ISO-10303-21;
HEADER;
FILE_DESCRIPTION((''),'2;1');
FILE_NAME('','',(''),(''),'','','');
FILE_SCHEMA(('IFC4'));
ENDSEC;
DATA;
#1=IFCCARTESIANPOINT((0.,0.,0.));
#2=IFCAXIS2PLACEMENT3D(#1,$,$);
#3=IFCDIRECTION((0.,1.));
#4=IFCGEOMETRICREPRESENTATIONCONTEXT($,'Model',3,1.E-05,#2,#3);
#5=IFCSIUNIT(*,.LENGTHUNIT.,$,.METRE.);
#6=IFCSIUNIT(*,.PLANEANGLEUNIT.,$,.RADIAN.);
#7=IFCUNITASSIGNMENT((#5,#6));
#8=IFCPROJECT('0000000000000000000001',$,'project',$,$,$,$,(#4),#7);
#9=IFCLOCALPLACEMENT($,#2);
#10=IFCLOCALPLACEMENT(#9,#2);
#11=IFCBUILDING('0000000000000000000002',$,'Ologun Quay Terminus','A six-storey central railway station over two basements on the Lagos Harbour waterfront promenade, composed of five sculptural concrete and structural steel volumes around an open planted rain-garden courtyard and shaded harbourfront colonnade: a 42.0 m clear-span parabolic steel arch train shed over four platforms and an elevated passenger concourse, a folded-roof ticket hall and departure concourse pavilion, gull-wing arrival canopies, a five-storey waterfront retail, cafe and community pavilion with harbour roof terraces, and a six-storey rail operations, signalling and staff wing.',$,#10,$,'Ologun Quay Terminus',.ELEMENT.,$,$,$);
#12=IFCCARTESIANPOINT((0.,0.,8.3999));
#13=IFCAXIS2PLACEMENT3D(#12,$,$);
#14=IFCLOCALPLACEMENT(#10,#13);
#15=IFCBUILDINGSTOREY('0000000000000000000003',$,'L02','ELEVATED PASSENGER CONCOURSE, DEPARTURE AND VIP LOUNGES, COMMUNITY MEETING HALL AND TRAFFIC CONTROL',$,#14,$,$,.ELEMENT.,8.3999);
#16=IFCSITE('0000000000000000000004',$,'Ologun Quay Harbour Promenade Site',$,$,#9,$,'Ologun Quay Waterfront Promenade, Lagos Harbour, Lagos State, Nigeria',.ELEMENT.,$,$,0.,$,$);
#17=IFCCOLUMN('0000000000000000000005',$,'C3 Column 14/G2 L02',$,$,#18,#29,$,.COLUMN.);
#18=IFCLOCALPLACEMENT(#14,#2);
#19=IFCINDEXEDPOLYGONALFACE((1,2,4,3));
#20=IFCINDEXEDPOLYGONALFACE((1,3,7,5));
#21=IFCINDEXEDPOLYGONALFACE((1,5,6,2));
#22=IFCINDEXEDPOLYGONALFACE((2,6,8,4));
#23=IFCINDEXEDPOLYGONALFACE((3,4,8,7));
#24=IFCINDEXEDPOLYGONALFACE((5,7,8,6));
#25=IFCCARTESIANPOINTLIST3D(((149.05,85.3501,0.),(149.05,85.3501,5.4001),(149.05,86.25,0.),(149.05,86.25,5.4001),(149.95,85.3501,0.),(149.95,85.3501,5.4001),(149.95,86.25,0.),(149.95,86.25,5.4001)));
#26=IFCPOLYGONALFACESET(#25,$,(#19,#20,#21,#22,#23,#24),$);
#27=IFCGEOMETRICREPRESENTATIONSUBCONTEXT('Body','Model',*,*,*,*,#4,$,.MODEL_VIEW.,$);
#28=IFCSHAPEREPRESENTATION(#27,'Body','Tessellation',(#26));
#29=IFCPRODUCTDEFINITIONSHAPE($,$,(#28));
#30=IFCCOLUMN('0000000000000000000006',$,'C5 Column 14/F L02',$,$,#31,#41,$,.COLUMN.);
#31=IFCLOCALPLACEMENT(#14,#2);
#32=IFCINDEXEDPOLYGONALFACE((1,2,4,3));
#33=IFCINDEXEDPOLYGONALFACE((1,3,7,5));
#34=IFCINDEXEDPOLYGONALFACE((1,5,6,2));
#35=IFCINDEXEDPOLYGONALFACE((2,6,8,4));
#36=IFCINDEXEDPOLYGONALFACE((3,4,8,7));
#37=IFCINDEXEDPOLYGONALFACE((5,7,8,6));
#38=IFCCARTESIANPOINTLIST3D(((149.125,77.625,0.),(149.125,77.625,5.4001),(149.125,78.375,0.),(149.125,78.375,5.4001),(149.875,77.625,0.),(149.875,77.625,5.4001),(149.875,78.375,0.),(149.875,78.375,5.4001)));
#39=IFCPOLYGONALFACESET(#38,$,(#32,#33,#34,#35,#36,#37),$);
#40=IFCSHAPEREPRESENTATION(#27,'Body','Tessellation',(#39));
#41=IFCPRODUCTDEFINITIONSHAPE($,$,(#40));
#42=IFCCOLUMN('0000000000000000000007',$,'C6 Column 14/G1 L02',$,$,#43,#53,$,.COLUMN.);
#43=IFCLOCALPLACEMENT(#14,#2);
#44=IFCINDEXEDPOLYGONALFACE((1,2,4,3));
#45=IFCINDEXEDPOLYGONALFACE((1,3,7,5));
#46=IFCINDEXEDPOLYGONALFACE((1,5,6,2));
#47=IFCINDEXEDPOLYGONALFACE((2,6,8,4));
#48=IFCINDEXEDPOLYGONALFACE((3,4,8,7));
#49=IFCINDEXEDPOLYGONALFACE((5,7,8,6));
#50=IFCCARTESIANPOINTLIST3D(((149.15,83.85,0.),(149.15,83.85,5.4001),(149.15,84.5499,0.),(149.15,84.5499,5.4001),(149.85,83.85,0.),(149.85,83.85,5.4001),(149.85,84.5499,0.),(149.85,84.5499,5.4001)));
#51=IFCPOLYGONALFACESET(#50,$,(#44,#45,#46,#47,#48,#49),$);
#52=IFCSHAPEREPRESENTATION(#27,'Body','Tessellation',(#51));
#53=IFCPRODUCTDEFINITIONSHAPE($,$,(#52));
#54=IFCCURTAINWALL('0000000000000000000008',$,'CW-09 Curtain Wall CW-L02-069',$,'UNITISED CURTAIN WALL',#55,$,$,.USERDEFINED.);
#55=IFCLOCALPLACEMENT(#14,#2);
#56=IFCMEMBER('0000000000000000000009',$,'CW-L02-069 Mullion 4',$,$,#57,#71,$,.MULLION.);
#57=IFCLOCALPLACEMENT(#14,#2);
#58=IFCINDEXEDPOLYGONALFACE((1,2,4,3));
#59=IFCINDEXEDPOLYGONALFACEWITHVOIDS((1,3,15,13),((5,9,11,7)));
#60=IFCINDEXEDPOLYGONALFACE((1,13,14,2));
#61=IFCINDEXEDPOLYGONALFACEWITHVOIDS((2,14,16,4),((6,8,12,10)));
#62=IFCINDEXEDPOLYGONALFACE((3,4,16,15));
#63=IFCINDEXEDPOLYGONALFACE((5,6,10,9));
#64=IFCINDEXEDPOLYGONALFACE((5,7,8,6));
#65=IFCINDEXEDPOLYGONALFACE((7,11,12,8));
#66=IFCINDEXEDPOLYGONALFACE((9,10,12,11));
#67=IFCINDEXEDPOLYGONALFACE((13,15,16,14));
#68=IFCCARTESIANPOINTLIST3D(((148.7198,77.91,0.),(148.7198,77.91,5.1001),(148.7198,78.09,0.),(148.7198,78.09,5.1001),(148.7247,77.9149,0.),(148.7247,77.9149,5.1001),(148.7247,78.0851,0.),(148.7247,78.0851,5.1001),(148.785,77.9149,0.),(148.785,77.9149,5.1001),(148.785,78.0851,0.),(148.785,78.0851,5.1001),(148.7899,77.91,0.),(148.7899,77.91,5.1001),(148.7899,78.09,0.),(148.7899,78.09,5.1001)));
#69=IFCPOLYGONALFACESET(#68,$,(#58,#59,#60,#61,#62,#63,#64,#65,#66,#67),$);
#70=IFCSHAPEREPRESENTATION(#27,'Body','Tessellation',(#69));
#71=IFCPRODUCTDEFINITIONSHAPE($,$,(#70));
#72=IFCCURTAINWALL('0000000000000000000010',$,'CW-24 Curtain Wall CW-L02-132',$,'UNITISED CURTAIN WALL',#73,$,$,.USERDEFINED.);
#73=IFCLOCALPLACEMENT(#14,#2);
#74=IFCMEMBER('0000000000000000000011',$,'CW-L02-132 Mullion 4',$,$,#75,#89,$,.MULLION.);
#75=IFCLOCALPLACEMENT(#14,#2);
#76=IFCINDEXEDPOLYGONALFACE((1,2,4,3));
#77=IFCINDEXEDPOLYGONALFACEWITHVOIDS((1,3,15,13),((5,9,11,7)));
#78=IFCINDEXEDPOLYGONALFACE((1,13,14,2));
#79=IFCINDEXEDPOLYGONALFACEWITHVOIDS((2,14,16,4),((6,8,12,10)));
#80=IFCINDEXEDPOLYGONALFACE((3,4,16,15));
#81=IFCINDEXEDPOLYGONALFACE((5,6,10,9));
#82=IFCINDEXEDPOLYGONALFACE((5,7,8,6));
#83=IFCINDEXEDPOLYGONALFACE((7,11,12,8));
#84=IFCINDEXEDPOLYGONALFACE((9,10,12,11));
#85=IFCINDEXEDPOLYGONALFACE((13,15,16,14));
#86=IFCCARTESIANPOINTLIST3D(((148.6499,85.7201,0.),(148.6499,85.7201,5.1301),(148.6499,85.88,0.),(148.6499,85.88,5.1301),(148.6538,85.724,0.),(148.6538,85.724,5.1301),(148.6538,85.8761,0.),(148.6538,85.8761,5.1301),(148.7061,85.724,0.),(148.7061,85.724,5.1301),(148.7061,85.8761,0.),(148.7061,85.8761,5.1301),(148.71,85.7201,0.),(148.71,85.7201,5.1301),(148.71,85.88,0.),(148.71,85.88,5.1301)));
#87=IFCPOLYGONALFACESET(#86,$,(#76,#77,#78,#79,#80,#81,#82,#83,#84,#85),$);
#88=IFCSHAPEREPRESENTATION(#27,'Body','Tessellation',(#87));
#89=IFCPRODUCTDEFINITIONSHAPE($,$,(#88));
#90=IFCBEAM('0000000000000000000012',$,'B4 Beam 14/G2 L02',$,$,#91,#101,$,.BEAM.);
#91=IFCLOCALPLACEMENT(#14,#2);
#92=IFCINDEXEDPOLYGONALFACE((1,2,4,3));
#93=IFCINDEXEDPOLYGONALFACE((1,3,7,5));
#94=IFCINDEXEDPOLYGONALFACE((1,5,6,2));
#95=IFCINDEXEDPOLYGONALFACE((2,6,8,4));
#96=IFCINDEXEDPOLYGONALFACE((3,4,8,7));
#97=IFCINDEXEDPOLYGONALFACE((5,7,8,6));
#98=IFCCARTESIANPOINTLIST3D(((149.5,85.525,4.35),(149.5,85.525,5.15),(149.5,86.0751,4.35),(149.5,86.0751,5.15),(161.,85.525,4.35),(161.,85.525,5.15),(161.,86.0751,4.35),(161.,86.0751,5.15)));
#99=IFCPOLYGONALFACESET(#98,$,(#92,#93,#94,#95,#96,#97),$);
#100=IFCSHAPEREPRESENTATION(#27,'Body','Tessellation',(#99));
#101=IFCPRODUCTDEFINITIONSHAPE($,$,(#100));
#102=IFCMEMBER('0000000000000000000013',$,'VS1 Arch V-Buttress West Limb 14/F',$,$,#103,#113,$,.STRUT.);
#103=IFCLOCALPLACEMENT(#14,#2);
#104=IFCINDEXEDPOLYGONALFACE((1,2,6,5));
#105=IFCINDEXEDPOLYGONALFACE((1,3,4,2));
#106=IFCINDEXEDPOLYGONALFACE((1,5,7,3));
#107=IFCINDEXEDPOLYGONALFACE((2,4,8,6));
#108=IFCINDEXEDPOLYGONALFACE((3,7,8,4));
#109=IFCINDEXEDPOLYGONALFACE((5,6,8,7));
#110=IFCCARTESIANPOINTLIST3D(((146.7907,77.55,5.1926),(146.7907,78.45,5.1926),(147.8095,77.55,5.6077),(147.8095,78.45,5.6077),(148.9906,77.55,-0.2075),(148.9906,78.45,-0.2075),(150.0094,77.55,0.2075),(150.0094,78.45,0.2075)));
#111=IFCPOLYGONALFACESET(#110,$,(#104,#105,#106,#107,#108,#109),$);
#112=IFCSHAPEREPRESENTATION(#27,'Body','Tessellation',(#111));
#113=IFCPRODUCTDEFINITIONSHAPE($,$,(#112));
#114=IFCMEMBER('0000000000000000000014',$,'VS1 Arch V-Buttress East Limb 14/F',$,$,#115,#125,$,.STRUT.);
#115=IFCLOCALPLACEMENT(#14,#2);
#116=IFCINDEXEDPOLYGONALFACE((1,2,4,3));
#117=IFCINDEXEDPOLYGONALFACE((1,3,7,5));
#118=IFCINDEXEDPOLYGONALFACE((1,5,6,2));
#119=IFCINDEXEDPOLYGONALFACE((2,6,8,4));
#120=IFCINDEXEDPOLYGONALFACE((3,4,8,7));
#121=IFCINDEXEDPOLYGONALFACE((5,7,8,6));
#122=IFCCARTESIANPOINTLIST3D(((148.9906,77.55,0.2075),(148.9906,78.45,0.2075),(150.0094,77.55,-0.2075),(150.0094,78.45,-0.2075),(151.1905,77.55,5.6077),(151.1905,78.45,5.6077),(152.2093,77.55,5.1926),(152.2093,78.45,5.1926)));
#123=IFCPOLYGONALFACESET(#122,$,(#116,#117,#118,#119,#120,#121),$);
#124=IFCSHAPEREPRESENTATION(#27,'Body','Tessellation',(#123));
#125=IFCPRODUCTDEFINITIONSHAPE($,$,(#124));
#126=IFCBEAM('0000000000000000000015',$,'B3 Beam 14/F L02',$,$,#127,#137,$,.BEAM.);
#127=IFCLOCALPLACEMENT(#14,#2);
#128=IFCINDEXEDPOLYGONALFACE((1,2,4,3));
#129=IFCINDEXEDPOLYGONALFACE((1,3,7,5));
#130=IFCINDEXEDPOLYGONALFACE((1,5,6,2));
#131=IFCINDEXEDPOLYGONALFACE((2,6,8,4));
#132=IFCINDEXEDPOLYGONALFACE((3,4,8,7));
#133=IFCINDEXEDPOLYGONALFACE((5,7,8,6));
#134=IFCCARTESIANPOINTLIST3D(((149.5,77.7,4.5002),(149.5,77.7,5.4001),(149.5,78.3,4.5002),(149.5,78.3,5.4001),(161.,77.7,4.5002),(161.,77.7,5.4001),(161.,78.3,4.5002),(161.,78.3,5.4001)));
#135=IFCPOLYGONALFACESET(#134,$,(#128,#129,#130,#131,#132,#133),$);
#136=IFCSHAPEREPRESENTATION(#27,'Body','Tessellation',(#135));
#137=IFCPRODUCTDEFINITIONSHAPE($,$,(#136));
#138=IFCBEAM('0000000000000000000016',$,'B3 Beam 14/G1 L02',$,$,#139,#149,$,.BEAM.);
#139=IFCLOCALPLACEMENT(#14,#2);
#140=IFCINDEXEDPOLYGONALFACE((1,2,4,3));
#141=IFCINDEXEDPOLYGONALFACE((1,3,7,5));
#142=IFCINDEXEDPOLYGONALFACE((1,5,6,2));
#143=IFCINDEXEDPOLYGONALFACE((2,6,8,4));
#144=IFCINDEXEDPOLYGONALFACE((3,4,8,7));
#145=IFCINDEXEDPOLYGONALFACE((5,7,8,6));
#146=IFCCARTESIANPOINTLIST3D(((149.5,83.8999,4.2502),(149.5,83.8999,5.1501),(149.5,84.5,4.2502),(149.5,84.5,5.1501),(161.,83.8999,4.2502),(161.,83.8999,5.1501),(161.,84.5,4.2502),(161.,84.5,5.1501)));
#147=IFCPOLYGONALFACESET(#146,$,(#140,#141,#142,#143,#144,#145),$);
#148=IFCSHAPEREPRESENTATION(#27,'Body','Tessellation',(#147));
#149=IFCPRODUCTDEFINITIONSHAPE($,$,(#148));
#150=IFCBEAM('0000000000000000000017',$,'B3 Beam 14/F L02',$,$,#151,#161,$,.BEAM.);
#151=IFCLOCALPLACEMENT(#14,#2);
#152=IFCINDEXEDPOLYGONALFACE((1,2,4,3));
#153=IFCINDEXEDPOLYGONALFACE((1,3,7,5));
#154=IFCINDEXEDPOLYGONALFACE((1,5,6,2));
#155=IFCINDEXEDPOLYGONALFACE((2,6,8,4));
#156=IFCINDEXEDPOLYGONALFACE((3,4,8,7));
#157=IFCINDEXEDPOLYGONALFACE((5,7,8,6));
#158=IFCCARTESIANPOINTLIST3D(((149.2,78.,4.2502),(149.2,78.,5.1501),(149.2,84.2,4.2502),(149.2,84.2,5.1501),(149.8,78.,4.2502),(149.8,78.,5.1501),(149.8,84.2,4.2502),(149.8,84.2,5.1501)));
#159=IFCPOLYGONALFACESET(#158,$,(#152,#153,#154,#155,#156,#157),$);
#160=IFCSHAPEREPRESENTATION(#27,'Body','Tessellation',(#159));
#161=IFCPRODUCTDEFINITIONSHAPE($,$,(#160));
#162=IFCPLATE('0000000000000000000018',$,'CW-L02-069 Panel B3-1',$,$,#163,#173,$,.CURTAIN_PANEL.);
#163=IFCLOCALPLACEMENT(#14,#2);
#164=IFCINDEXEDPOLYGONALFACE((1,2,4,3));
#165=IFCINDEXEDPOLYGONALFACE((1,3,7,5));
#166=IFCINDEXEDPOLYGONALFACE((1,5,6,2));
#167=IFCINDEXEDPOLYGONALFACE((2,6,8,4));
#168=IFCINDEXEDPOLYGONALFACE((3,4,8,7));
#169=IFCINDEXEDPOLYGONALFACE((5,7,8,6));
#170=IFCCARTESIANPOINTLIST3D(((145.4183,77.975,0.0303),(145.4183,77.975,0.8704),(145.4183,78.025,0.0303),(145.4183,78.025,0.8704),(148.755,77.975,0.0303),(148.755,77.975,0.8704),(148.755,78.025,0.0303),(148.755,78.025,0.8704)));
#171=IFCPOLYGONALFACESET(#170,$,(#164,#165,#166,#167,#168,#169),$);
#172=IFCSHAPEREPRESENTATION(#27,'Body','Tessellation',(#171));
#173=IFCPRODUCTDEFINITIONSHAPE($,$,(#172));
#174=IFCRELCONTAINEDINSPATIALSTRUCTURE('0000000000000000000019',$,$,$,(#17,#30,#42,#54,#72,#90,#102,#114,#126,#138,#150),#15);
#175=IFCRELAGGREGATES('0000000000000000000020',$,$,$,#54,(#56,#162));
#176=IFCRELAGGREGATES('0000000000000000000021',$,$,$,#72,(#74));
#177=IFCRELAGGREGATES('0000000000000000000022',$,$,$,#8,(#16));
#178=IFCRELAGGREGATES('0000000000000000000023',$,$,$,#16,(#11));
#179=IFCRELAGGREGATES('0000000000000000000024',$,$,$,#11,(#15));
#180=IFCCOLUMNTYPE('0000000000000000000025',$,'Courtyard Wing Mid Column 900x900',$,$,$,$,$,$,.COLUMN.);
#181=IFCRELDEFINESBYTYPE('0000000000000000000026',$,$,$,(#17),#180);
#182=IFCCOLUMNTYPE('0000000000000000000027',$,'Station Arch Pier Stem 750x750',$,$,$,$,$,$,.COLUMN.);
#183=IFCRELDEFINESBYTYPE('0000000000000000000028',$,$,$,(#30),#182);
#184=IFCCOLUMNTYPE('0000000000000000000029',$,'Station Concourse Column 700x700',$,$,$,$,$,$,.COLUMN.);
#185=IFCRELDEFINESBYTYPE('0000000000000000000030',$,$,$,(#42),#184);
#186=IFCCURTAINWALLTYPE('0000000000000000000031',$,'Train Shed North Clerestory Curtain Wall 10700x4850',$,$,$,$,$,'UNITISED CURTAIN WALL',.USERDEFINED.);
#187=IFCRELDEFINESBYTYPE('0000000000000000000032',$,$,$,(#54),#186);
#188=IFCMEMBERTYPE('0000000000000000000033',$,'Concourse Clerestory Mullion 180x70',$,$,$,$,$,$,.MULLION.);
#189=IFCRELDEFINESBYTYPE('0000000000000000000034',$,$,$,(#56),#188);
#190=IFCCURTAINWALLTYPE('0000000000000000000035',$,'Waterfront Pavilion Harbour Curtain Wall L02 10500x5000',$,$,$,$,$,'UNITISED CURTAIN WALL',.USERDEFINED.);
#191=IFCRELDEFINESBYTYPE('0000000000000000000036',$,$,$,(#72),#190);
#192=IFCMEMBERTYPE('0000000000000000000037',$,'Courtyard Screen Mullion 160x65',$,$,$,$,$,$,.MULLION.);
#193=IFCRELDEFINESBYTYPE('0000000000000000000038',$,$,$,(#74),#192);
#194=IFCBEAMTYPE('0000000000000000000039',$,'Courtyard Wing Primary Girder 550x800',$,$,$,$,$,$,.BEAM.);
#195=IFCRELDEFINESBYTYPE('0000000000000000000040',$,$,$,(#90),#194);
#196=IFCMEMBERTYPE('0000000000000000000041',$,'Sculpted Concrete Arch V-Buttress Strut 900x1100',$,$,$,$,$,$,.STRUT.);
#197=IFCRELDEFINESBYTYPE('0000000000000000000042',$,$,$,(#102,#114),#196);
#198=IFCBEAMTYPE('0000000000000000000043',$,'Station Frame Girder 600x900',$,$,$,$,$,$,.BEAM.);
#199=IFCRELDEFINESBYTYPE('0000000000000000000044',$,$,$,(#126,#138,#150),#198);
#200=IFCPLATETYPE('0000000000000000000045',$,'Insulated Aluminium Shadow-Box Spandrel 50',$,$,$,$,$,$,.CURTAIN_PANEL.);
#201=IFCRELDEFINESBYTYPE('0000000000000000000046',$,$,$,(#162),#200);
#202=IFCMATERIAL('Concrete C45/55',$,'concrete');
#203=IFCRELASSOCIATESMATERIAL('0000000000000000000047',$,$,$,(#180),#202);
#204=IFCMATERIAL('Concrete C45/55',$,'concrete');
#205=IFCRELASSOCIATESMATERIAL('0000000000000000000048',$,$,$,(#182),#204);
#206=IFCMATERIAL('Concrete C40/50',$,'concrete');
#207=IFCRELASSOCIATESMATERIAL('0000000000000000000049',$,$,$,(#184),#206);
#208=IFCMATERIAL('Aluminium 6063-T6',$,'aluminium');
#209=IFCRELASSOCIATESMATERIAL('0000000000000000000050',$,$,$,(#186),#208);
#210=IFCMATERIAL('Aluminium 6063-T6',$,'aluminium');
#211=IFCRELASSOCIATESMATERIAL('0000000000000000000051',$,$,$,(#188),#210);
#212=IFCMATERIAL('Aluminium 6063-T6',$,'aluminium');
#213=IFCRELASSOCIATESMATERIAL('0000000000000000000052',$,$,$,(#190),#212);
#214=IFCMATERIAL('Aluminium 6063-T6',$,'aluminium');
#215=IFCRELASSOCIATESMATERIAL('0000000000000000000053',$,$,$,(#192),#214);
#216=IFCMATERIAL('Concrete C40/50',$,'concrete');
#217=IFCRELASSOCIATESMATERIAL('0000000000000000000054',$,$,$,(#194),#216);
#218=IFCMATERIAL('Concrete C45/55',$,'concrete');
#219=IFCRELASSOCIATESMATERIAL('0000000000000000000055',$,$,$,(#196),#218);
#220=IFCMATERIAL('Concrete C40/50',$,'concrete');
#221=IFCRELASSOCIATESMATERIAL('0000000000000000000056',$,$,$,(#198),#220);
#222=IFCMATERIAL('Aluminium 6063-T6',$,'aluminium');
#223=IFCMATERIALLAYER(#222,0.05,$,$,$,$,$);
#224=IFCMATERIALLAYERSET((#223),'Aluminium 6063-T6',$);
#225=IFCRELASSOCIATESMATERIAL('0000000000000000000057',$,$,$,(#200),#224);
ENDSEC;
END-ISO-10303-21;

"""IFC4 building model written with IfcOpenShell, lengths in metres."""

from ifc_helpers import new_model, si_unit, direction, frame, origin, origin_2d, place, context, subcontext, project, spatial, rectangle, hollow_rectangle, extrude, material, layer, layer_set, material_profile, profile_set, type_object, element, aggregate, save


model = new_model("IFC4")

# Units and contexts
model_context = context("Model", 3, precision=1e-05, world=origin(), true_north=direction((0.0, 1.0)))
body_context = subcontext(model_context, "Body", "Model", "MODEL_VIEW")
ifc_project = project(units=[si_unit("LENGTHUNIT", "METRE"), si_unit("PLANEANGLEUNIT", "RADIAN")], contexts=[model_context])

# Site, building, storey
site_placement = place(None, origin())
site = spatial("IfcSite", under=ifc_project, at=site_placement, Name="Ologun Quay Harbour Promenade Site", LongName="Ologun Quay Waterfront Promenade, Lagos Harbour, Lagos State, Nigeria", CompositionType="ELEMENT", RefElevation=0.0)
building_placement = place(site_placement, origin())
building = spatial("IfcBuilding", under=site, at=building_placement, Name="Ologun Quay Terminus", Description="A six-storey central railway station over two basements on the Lagos Harbour waterfront promenade, composed of five sculptural concrete and structural steel volumes around an open planted rain-garden courtyard and shaded harbourfront colonnade: a 42.0 m clear-span parabolic steel arch train shed over four platforms and an elevated passenger concourse, a folded-roof ticket hall and departure concourse pavilion, gull-wing arrival canopies, a five-storey waterfront retail, cafe and community pavilion with harbour roof terraces, and a six-storey rail operations, signalling and staff wing.", LongName="Ologun Quay Terminus", CompositionType="ELEMENT")
storey_placement = place(building_placement, frame((0.0, 0.0, 8.3999)))
storey = spatial("IfcBuildingStorey", under=building, at=storey_placement, Name="L02", Description="ELEVATED PASSENGER CONCOURSE, DEPARTURE AND VIP LOUNGES, COMMUNITY MEETING HALL AND TRAFFIC CONTROL", CompositionType="ELEMENT", Elevation=8.3999)

# Columns
ifc_material_1 = material(Name="Concrete C45/55", Category="concrete")
ifc_material_profile_1 = material_profile(ifc_material_1, rectangle(XDim=0.8999, YDim=0.8999, at=origin_2d()), Name="RC 900x900")
ifc_profile_set_1 = profile_set([ifc_material_profile_1], Name="Concrete C45/55")
column_type_1 = type_object("IfcColumnType", Name="Courtyard Wing Mid Column 900x900", PredefinedType="COLUMN", material=ifc_profile_set_1)
column_1_placement = place(storey_placement, frame((149.5, 85.8, 0.0), z_axis=(0.0, 0.0, 1.0), x_axis=(1.0, 0.0, 0.0)))
element("IfcColumn", 1, at=column_1_placement, inside=storey, type_object=column_type_1, Name="C3 Column 14/G2 L02", PredefinedType="COLUMN", context=body_context, shape_type="SweptSolid", body=[
    extrude(rectangle(XDim=0.8999, YDim=0.8999, at=origin_2d()), origin(), (0.0, 0.0, 1.0), 5.4001),
])
ifc_material_2 = material(Name="Concrete C45/55", Category="concrete")
ifc_material_profile_2 = material_profile(ifc_material_2, rectangle(XDim=0.75, YDim=0.75, at=origin_2d()), Name="RC 750x750")
ifc_profile_set_2 = profile_set([ifc_material_profile_2], Name="Concrete C45/55")
column_type_2 = type_object("IfcColumnType", Name="Station Arch Pier Stem 750x750", PredefinedType="COLUMN", material=ifc_profile_set_2)
column_2_placement = place(storey_placement, frame((149.5, 78.0, 0.0), z_axis=(0.0, 0.0, 1.0), x_axis=(1.0, 0.0, 0.0)))
element("IfcColumn", 2, at=column_2_placement, inside=storey, type_object=column_type_2, Name="C5 Column 14/F L02", PredefinedType="COLUMN", context=body_context, shape_type="SweptSolid", body=[
    extrude(rectangle(XDim=0.75, YDim=0.75, at=origin_2d()), origin(), (0.0, 0.0, 1.0), 5.4001),
])
ifc_material_3 = material(Name="Concrete C40/50", Category="concrete")
ifc_material_profile_3 = material_profile(ifc_material_3, rectangle(XDim=0.7, YDim=0.7, at=origin_2d()), Name="RC 700x700")
ifc_profile_set_3 = profile_set([ifc_material_profile_3], Name="Concrete C40/50")
column_type_3 = type_object("IfcColumnType", Name="Station Concourse Column 700x700", PredefinedType="COLUMN", material=ifc_profile_set_3)
column_3_placement = place(storey_placement, frame((149.5, 84.2, 0.0), z_axis=(0.0, 0.0, 1.0), x_axis=(1.0, 0.0, 0.0)))
element("IfcColumn", 3, at=column_3_placement, inside=storey, type_object=column_type_3, Name="C6 Column 14/G1 L02", PredefinedType="COLUMN", context=body_context, shape_type="SweptSolid", body=[
    extrude(rectangle(XDim=0.7, YDim=0.7, at=origin_2d()), origin(), (0.0, 0.0, 1.0), 5.4001),
])

# Curtain walls, members
ifc_material_4 = material(Name="Aluminium 6063-T6", Category="aluminium")
curtain_wall_type_1 = type_object("IfcCurtainWallType", Name="Train Shed North Clerestory Curtain Wall 10700x4850", ElementType="UNITISED CURTAIN WALL", PredefinedType="USERDEFINED", material=ifc_material_4)
curtain_wall_1_placement = place(storey_placement, origin())
curtain_wall_1 = element("IfcCurtainWall", 4, at=curtain_wall_1_placement, inside=storey, type_object=curtain_wall_type_1, Name="CW-09 Curtain Wall CW-L02-069", ObjectType="UNITISED CURTAIN WALL", PredefinedType="USERDEFINED")
ifc_material_5 = material(Name="Aluminium 6063-T6", Category="aluminium")
ifc_material_profile_4 = material_profile(ifc_material_5, hollow_rectangle(XDim=0.0701, YDim=0.1799, WallThickness=0.0049, at=origin_2d()), Name="ALU 180x70x5")
ifc_profile_set_4 = profile_set([ifc_material_profile_4], Name="Aluminium 6063-T6")
member_type_1 = type_object("IfcMemberType", Name="Concourse Clerestory Mullion 180x70", PredefinedType="MULLION", material=ifc_profile_set_4)
member_1_placement = place(storey_placement, frame((148.7549, 78.0, 0.0), z_axis=(0.0, 0.0, 1.0), x_axis=(1.0, 0.0, 0.0)))
member_1 = element("IfcMember", 5, at=member_1_placement, type_object=member_type_1, Name="CW-L02-069 Mullion 4", PredefinedType="MULLION", context=body_context, shape_type="SweptSolid", body=[
    extrude(hollow_rectangle(XDim=0.0701, YDim=0.1799, WallThickness=0.0049, at=origin_2d()), origin(), (0.0, 0.0, 1.0), 5.1001),
])
ifc_material_6 = material(Name="Aluminium 6063-T6", Category="aluminium")
curtain_wall_type_2 = type_object("IfcCurtainWallType", Name="Waterfront Pavilion Harbour Curtain Wall L02 10500x5000", ElementType="UNITISED CURTAIN WALL", PredefinedType="USERDEFINED", material=ifc_material_6)
curtain_wall_2_placement = place(storey_placement, origin())
curtain_wall_2 = element("IfcCurtainWall", 6, at=curtain_wall_2_placement, inside=storey, type_object=curtain_wall_type_2, Name="CW-24 Curtain Wall CW-L02-132", ObjectType="UNITISED CURTAIN WALL", PredefinedType="USERDEFINED")
ifc_material_7 = material(Name="Aluminium 6063-T6", Category="aluminium")
ifc_material_profile_5 = material_profile(ifc_material_7, hollow_rectangle(XDim=0.0601, YDim=0.1599, WallThickness=0.0039, at=origin_2d()), Name="ALU 160x60x4")
ifc_profile_set_5 = profile_set([ifc_material_profile_5], Name="Aluminium 6063-T6")
member_type_2 = type_object("IfcMemberType", Name="Courtyard Screen Mullion 160x65", PredefinedType="MULLION", material=ifc_profile_set_5)
member_2_placement = place(storey_placement, frame((148.6799, 85.8, 0.0), z_axis=(0.0, 0.0, 1.0), x_axis=(1.0, 0.0, 0.0)))
member_2 = element("IfcMember", 7, at=member_2_placement, type_object=member_type_2, Name="CW-L02-132 Mullion 4", PredefinedType="MULLION", context=body_context, shape_type="SweptSolid", body=[
    extrude(hollow_rectangle(XDim=0.0601, YDim=0.1599, WallThickness=0.0039, at=origin_2d()), origin(), (0.0, 0.0, 1.0), 5.1301),
])

# Beam
ifc_material_8 = material(Name="Concrete C40/50", Category="concrete")
ifc_material_profile_6 = material_profile(ifc_material_8, rectangle(XDim=0.55, YDim=0.8, at=origin_2d()), Name="RC 550x800")
ifc_profile_set_6 = profile_set([ifc_material_profile_6], Name="Concrete C40/50")
beam_type_1 = type_object("IfcBeamType", Name="Courtyard Wing Primary Girder 550x800", PredefinedType="BEAM", material=ifc_profile_set_6)
beam_1_placement = place(storey_placement, frame((149.5, 85.8, 4.75), z_axis=(1.0, 0.0, 0.0), x_axis=(0.0, 1.0, 0.0)))
element("IfcBeam", 8, at=beam_1_placement, inside=storey, type_object=beam_type_1, Name="B4 Beam 14/G2 L02", PredefinedType="BEAM", context=body_context, shape_type="SweptSolid", body=[
    extrude(rectangle(XDim=0.55, YDim=0.8, at=origin_2d()), origin(), (0.0, 0.0, 1.0), 11.5),
])

# Members
ifc_material_9 = material(Name="Concrete C45/55", Category="concrete")
ifc_material_profile_7 = material_profile(ifc_material_9, rectangle(XDim=0.8999, YDim=1.1001, at=origin_2d()), Name="RC 900x1100")
ifc_profile_set_7 = profile_set([ifc_material_profile_7], Name="Concrete C45/55")
member_type_3 = type_object("IfcMemberType", Name="Sculpted Concrete Arch V-Buttress Strut 900x1100", PredefinedType="STRUT", material=ifc_profile_set_7)
for number, where, z_axis, x_axis, name in (
    (9, (149.5, 78.0, 0.0), (-0.377281, 0.0, 0.926099), (0.0, -1.0, 0.0), "VS1 Arch V-Buttress West Limb 14/F"),
    (10, (149.5, 78.0, 0.0), (0.377281, 0.0, 0.926099), (0.0, 1.0, 0.0), "VS1 Arch V-Buttress East Limb 14/F"),
):
    element("IfcMember", number, at=place(storey_placement, frame(where, z_axis=z_axis, x_axis=x_axis)), inside=storey, type_object=member_type_3, Name=name, PredefinedType="STRUT", context=body_context, shape_type="SweptSolid", body=[
        extrude(rectangle(XDim=0.8999, YDim=1.1001, at=origin_2d()), origin(), (0.0, 0.0, 1.0), 5.8311),
    ])

# Beams
ifc_material_10 = material(Name="Concrete C40/50", Category="concrete")
ifc_material_profile_8 = material_profile(ifc_material_10, rectangle(XDim=0.6001, YDim=0.8999, at=origin_2d()), Name="RC 600x900")
ifc_profile_set_8 = profile_set([ifc_material_profile_8], Name="Concrete C40/50")
beam_type_2 = type_object("IfcBeamType", Name="Station Frame Girder 600x900", PredefinedType="BEAM", material=ifc_profile_set_8)
for number, where, z_axis, x_axis, name in (
    (11, (149.5, 78.0, 4.9502), (1.0, 0.0, 0.0), (0.0, 1.0, 0.0), "B3 Beam 14/F L02"),
    (12, (149.5, 84.2, 4.7002), (1.0, 0.0, 0.0), (0.0, 1.0, 0.0), "B3 Beam 14/G1 L02"),
):
    element("IfcBeam", number, at=place(storey_placement, frame(where, z_axis=z_axis, x_axis=x_axis)), inside=storey, type_object=beam_type_2, Name=name, PredefinedType="BEAM", context=body_context, shape_type="SweptSolid", body=[
        extrude(rectangle(XDim=0.6001, YDim=0.8999, at=origin_2d()), origin(), (0.0, 0.0, 1.0), 11.5),
    ])
beam_2_placement = place(storey_placement, frame((149.5, 78.0, 4.7002), z_axis=(0.0, 1.0, 0.0), x_axis=(-1.0, 0.0, 0.0)))
element("IfcBeam", 13, at=beam_2_placement, inside=storey, type_object=beam_type_2, Name="B3 Beam 14/F L02", PredefinedType="BEAM", context=body_context, shape_type="SweptSolid", body=[
    extrude(rectangle(XDim=0.6001, YDim=0.8999, at=origin_2d()), origin(), (0.0, 0.0, 1.0), 6.2),
])

# Plate
ifc_material_11 = material(Name="Aluminium 6063-T6", Category="aluminium")
ifc_layer_1 = layer(ifc_material_11, 0.05)
ifc_layer_set_1 = layer_set([ifc_layer_1], Name="Aluminium 6063-T6")
plate_type_1 = type_object("IfcPlateType", Name="Insulated Aluminium Shadow-Box Spandrel 50", PredefinedType="CURTAIN_PANEL", material=ifc_layer_set_1)
plate_1_placement = place(storey_placement, frame((147.0867, 78.0, 0.0303), z_axis=(0.0, 0.0, 1.0), x_axis=(1.0, 0.0, 0.0)))
plate_1 = element("IfcPlate", 14, at=plate_1_placement, type_object=plate_type_1, Name="CW-L02-069 Panel B3-1", PredefinedType="CURTAIN_PANEL", context=body_context, shape_type="SweptSolid", body=[
    extrude(rectangle(XDim=3.3367, YDim=0.05, at=origin_2d()), origin(), (0.0, 0.0, 1.0), 0.8401),
])
aggregate(curtain_wall_1, [member_1, plate_1])
aggregate(curtain_wall_2, [member_2])

save(model, "model.ifc")
